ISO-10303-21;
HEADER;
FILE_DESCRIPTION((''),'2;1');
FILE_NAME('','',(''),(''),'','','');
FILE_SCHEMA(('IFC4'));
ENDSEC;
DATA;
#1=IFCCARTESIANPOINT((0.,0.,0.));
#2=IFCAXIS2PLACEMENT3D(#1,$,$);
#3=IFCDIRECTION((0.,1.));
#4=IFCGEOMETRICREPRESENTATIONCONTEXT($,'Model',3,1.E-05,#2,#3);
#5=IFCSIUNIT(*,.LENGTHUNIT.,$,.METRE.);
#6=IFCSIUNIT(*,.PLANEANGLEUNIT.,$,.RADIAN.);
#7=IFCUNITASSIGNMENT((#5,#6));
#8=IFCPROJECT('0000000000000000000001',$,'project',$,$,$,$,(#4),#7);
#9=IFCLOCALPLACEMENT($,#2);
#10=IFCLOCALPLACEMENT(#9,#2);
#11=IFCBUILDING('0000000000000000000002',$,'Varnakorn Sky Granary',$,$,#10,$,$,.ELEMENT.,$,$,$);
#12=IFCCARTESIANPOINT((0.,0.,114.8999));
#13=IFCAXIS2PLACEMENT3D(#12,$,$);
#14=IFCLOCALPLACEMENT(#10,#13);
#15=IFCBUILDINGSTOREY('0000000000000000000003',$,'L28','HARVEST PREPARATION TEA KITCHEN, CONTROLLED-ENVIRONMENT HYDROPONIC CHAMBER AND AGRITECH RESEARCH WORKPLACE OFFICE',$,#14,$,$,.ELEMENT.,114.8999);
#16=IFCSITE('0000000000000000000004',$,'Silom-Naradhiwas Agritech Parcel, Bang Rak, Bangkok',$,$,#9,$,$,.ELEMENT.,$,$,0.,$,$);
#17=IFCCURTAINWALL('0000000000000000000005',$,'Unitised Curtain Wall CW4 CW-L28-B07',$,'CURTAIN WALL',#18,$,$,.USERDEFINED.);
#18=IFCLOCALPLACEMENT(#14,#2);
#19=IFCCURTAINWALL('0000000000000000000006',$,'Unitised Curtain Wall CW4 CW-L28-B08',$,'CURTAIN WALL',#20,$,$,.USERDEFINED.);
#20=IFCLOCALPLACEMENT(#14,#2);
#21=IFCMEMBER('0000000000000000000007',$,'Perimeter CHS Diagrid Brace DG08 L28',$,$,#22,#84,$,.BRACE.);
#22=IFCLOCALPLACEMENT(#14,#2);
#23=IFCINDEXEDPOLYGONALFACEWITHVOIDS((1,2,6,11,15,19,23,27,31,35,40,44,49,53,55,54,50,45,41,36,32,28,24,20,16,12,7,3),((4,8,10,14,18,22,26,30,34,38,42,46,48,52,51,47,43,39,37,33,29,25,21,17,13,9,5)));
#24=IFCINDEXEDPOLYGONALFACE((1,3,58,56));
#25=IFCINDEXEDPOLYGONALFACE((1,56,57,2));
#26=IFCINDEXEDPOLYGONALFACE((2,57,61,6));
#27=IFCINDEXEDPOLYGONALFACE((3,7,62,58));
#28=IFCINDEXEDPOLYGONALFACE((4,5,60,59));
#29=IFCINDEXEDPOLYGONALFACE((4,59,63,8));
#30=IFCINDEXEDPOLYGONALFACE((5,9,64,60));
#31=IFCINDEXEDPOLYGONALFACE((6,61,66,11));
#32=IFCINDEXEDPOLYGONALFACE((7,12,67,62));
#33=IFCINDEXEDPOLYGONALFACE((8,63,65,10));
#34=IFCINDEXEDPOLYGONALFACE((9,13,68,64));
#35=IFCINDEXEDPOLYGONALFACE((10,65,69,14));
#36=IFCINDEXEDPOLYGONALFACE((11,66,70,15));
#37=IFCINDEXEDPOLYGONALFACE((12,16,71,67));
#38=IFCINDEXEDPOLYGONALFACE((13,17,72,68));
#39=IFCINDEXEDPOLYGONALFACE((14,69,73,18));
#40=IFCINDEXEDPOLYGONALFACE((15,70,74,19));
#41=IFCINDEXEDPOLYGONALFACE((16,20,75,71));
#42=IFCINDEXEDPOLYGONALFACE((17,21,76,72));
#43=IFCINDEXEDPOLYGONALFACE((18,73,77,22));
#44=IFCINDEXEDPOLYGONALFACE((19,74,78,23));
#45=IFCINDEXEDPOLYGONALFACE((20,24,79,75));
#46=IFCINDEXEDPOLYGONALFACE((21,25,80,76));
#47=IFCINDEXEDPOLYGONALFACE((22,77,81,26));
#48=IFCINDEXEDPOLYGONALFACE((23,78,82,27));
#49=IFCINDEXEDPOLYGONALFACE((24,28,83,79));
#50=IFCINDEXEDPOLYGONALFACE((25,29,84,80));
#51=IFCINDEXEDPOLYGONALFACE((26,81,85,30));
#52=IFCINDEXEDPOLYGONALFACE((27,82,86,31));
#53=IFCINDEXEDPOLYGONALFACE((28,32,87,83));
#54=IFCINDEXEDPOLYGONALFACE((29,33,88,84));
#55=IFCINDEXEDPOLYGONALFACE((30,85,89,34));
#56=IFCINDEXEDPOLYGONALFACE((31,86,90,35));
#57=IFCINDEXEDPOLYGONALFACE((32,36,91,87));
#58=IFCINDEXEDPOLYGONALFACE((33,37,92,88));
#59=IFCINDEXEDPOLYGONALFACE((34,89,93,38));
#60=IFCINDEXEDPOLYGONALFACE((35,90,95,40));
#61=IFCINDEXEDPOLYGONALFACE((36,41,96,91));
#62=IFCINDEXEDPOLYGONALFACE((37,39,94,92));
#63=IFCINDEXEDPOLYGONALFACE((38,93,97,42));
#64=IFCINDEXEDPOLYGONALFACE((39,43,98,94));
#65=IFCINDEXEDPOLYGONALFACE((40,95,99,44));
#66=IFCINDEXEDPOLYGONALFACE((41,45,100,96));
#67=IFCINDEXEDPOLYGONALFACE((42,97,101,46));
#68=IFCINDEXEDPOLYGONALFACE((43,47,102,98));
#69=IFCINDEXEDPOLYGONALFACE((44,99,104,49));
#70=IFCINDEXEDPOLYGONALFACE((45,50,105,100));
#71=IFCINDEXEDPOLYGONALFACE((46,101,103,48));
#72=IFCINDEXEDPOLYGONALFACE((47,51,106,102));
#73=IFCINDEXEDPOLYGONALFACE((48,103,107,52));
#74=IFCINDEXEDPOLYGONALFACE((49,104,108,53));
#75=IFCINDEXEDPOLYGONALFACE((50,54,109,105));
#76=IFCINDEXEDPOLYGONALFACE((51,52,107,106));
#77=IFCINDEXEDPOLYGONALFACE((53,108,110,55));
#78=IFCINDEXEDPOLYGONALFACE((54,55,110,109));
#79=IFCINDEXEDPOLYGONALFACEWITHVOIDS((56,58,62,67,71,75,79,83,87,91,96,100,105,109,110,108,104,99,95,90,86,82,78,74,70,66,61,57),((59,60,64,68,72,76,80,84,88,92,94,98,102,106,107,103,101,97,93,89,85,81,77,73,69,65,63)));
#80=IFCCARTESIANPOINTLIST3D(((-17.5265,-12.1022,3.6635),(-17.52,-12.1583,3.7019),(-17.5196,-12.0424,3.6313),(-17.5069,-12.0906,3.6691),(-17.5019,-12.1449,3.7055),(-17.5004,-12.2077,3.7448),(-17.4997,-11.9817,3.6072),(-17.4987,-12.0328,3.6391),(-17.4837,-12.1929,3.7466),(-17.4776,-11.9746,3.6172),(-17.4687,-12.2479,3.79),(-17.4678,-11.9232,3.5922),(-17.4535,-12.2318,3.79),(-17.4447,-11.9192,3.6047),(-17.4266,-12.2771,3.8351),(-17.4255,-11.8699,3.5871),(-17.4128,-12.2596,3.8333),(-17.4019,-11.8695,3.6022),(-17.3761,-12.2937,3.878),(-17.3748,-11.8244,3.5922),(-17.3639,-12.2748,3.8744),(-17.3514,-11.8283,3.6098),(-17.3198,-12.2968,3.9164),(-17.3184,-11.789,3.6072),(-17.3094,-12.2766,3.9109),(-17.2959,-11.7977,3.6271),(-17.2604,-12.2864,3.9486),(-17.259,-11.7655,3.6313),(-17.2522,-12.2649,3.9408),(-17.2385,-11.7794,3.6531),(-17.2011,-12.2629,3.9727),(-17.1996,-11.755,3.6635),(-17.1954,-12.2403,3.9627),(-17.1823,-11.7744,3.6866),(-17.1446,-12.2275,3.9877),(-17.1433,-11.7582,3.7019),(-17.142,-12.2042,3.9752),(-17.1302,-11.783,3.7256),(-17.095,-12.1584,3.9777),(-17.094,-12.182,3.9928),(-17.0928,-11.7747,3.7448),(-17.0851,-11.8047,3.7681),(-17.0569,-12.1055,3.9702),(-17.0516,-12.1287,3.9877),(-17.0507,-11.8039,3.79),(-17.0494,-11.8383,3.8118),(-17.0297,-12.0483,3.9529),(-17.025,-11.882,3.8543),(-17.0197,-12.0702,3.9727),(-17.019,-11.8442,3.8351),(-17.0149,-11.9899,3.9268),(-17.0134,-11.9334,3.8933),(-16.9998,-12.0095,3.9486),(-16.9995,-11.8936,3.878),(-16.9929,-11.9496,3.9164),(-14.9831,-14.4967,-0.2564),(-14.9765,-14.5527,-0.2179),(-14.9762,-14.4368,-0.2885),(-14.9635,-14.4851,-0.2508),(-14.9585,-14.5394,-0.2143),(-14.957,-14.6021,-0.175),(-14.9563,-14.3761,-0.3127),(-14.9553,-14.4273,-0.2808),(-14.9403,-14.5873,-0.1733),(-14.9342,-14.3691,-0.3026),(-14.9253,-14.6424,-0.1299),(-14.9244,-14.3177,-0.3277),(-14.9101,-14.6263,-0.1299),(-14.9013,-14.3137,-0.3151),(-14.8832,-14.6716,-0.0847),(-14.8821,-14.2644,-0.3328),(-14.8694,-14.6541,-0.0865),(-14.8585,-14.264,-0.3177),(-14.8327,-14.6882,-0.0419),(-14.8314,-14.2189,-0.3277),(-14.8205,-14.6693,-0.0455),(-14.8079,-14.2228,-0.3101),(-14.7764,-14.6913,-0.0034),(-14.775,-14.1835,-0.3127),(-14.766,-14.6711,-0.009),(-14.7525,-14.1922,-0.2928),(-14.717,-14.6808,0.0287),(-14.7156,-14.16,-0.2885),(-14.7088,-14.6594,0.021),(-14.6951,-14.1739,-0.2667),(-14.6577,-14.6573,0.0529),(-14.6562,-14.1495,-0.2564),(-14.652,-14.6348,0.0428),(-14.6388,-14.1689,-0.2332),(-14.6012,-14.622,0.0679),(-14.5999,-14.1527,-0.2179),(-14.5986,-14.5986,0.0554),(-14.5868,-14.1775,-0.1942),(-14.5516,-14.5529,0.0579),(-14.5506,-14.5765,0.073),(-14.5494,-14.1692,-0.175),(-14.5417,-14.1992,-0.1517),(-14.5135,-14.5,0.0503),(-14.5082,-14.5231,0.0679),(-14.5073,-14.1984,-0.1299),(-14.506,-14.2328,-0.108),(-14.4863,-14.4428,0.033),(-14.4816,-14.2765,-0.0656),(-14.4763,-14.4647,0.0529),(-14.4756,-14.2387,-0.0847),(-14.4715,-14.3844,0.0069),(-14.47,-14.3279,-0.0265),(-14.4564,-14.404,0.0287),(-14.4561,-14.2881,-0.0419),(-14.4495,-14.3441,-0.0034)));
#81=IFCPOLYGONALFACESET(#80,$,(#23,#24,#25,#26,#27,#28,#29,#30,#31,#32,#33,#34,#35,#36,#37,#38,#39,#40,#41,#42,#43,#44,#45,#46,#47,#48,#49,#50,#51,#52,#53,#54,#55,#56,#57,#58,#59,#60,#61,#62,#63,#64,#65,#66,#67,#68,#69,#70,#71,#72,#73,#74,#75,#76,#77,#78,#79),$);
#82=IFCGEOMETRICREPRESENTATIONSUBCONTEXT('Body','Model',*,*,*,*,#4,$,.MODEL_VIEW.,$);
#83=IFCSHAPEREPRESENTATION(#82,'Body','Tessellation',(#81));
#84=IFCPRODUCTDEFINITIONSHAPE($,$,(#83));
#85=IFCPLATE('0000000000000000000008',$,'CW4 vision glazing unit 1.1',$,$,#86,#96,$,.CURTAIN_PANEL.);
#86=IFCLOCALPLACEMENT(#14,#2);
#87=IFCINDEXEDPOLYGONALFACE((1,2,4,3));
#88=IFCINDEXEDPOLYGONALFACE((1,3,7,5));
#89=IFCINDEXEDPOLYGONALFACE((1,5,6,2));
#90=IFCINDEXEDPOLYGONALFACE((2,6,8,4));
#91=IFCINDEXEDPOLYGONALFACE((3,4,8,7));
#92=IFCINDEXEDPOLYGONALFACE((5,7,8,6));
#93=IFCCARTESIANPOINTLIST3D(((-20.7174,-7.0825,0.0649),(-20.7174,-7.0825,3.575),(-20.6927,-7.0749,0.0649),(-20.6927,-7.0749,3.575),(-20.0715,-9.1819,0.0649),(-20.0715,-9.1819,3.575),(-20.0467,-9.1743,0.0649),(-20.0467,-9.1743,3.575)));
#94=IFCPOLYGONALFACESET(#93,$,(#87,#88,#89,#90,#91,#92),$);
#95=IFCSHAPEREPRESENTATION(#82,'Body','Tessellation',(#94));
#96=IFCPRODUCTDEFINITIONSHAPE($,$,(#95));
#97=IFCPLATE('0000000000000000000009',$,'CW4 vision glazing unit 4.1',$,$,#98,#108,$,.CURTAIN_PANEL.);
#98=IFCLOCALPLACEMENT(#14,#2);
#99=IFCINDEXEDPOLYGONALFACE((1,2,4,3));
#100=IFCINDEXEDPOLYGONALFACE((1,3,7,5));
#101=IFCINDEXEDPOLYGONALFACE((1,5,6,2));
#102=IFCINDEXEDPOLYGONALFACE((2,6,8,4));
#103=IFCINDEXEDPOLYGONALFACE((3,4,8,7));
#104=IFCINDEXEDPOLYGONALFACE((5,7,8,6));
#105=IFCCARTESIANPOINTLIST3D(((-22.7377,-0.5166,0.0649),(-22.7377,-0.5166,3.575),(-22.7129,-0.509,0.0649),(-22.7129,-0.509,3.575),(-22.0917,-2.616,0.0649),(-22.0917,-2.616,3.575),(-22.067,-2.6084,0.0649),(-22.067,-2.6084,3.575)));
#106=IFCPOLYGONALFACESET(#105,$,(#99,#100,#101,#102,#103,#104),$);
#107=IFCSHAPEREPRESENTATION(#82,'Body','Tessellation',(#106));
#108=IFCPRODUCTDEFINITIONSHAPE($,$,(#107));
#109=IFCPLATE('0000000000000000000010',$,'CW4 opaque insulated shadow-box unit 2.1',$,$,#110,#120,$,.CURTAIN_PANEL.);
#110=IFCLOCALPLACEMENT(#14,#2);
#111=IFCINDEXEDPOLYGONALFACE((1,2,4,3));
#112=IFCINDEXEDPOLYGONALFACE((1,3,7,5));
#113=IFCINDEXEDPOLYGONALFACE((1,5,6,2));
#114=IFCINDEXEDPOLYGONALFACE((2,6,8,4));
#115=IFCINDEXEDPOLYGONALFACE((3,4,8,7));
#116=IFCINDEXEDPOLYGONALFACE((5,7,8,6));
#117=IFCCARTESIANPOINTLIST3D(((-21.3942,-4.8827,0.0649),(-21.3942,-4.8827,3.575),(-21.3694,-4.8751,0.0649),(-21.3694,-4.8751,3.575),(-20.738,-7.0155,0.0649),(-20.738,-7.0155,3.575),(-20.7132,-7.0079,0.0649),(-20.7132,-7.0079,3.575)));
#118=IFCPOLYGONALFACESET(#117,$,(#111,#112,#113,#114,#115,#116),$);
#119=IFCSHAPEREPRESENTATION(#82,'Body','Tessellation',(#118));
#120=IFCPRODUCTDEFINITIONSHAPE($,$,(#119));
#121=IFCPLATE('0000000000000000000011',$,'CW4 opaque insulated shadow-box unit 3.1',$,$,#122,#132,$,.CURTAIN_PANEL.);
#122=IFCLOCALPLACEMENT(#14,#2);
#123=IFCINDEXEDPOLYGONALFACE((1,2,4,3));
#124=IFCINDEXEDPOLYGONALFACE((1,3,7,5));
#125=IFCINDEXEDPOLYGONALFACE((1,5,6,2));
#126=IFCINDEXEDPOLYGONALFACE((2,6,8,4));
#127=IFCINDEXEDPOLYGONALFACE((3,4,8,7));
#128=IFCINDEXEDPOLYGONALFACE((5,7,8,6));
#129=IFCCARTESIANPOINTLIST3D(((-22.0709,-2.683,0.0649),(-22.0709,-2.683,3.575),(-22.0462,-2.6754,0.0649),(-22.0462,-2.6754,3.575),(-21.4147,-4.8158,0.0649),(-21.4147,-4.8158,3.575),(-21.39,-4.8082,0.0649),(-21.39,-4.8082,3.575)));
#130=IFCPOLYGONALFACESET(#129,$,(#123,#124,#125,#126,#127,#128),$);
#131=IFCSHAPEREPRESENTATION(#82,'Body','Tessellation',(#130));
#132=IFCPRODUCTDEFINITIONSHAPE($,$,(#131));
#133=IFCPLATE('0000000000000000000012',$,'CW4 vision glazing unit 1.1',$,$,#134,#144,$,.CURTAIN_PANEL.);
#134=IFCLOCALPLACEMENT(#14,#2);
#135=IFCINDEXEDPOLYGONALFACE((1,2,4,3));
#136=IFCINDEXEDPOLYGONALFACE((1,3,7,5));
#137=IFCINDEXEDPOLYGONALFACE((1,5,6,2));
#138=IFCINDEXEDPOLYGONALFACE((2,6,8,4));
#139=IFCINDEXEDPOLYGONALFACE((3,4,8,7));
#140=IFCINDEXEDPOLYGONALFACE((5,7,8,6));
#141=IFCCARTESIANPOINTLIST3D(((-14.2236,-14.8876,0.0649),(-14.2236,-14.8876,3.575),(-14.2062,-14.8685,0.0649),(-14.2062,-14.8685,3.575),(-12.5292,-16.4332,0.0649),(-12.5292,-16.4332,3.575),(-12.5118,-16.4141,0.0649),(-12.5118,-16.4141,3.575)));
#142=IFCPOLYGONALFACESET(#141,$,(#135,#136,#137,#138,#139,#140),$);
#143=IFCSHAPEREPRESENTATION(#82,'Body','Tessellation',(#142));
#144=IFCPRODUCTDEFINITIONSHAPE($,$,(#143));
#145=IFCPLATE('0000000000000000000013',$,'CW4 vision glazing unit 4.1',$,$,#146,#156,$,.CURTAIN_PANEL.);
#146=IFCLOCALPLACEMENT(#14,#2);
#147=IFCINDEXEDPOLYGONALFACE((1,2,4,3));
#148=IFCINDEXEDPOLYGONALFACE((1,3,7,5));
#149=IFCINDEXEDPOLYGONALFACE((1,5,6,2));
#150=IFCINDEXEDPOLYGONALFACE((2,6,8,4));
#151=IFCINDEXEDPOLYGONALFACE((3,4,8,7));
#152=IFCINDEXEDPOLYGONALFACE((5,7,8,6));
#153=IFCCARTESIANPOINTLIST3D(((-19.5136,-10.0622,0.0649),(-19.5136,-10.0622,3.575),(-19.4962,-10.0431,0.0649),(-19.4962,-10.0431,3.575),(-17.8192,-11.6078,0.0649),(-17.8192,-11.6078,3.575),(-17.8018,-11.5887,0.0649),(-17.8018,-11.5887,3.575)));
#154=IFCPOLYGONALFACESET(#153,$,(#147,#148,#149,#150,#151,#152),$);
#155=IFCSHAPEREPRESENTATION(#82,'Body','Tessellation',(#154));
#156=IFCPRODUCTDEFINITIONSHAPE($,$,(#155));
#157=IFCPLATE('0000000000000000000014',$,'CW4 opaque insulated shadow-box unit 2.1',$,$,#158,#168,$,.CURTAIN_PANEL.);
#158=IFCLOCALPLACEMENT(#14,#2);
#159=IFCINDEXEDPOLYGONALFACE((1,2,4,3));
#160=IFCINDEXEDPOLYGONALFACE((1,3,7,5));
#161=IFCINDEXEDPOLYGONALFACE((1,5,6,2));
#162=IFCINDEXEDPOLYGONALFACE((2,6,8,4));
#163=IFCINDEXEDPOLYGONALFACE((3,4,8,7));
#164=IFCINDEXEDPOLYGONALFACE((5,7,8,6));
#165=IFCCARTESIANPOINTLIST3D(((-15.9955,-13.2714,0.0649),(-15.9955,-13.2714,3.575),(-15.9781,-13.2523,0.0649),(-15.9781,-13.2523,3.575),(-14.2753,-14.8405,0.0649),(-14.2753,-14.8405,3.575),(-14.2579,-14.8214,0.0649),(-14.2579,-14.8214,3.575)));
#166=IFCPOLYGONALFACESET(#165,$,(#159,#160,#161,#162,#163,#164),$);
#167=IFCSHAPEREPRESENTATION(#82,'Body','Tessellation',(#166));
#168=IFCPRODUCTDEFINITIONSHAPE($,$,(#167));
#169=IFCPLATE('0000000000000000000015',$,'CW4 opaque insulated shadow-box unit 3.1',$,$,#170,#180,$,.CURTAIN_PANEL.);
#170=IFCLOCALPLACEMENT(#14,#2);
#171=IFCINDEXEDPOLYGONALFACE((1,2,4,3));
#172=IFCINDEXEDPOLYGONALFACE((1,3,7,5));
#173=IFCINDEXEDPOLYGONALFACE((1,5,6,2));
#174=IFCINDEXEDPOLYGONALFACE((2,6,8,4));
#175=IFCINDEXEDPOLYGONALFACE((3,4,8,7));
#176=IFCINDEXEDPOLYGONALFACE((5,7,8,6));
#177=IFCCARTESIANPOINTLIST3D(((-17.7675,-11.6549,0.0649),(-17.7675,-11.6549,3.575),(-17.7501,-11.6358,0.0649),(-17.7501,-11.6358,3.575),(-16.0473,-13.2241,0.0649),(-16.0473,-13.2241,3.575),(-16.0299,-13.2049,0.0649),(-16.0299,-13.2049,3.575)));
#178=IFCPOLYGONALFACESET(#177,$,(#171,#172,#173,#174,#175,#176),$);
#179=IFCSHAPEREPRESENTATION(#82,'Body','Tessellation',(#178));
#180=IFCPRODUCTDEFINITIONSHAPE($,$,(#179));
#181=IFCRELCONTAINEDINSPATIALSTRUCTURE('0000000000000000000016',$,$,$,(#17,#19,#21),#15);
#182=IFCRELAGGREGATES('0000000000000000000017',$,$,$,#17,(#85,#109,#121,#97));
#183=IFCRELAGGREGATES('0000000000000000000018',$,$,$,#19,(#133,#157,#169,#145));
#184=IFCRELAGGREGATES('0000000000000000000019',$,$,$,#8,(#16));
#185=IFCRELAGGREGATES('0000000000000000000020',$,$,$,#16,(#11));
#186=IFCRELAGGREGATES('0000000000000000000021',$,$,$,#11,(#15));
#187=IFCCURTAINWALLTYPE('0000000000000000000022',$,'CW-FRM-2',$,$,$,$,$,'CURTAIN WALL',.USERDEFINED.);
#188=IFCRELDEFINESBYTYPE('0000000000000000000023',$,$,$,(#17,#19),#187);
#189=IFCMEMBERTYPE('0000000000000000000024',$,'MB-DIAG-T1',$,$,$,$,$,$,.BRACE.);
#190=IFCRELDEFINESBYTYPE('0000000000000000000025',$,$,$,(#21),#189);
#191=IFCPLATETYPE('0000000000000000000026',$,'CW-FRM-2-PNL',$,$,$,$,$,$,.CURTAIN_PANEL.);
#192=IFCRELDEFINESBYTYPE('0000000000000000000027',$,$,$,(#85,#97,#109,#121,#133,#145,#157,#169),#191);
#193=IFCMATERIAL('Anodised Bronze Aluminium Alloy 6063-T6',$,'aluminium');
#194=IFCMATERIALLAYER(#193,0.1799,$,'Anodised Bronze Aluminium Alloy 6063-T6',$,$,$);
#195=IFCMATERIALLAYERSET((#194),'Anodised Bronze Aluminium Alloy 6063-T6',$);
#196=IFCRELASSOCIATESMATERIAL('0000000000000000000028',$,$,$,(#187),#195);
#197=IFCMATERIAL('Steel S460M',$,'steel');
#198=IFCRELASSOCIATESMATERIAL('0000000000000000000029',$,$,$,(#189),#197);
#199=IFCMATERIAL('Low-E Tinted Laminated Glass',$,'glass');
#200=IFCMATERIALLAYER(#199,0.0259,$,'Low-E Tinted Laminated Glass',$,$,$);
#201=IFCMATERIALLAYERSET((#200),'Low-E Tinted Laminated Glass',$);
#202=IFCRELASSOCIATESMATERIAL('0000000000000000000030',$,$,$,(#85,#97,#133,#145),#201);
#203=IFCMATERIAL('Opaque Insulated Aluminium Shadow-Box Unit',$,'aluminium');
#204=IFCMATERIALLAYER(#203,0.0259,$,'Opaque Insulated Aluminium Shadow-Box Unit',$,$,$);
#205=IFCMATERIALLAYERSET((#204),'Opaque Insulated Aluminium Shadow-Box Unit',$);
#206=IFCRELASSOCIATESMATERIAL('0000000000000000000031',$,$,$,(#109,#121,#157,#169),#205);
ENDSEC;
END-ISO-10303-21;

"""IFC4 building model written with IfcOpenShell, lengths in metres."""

from ifc_helpers import new_model, si_unit, direction, frame, origin, origin_2d, place, context, subcontext, project, spatial, rectangle, hollow_circle, extrude, source, transform, mapped, material, layer, layer_set, material_profile, profile_set, type_object, type_shapes, element, aggregate, save


model = new_model("IFC4")

# Units and contexts
model_context = context("Model", 3, precision=1e-05, world=origin(), true_north=direction((0.0, 1.0)))
body_context = subcontext(model_context, "Body", "Model", "MODEL_VIEW")
ifc_project = project(units=[si_unit("LENGTHUNIT", "METRE"), si_unit("PLANEANGLEUNIT", "RADIAN")], contexts=[model_context])

# Site, building, storey
site_placement = place(None, origin())
site = spatial("IfcSite", under=ifc_project, at=site_placement, Name="Silom-Naradhiwas Agritech Parcel, Bang Rak, Bangkok", CompositionType="ELEMENT", RefElevation=0.0)
building_placement = place(site_placement, origin())
building = spatial("IfcBuilding", under=site, at=building_placement, Name="Varnakorn Sky Granary", CompositionType="ELEMENT")
storey_placement = place(building_placement, frame((0.0, 0.0, 114.8999)))
storey = spatial("IfcBuildingStorey", under=building, at=storey_placement, Name="L28", Description="HARVEST PREPARATION TEA KITCHEN, CONTROLLED-ENVIRONMENT HYDROPONIC CHAMBER AND AGRITECH RESEARCH WORKPLACE OFFICE", CompositionType="ELEMENT", Elevation=114.8999)

# Shared definitions
ifc_material_1 = material(Name="Steel S460M", Category="steel")

# Curtain walls
ifc_material_2 = material(Name="Anodised Bronze Aluminium Alloy 6063-T6", Category="aluminium")
ifc_layer_1 = layer(ifc_material_2, 0.1799, Name="Anodised Bronze Aluminium Alloy 6063-T6")
ifc_layer_set_1 = layer_set([ifc_layer_1], Name="Anodised Bronze Aluminium Alloy 6063-T6")
curtain_wall_type = type_object("IfcCurtainWallType", Name="CW-FRM-2", ElementType="CURTAIN WALL", PredefinedType="USERDEFINED", material=ifc_layer_set_1)
curtain_wall_1_placement = place(storey_placement, origin())
curtain_wall_1 = element("IfcCurtainWall", 1, at=curtain_wall_1_placement, inside=storey, type_object=curtain_wall_type, Name="Unitised Curtain Wall CW4 CW-L28-B07", ObjectType="CURTAIN WALL", PredefinedType="USERDEFINED")
curtain_wall_2_placement = place(storey_placement, origin())
curtain_wall_2 = element("IfcCurtainWall", 2, at=curtain_wall_2_placement, inside=storey, type_object=curtain_wall_type, Name="Unitised Curtain Wall CW4 CW-L28-B08", ObjectType="CURTAIN WALL", PredefinedType="USERDEFINED")

# Member
ifc_material_profile_1 = material_profile(ifc_material_1, hollow_circle(Radius=0.3049, WallThickness=0.0222, at=origin_2d()), Name="CHS 610x22")
ifc_profile_set_1 = profile_set([ifc_material_profile_1], Name="Steel S460M")
member_type_1 = type_object("IfcMemberType", Name="MB-DIAG-T1", PredefinedType="BRACE", material=ifc_profile_set_1)
member_1_placement = place(storey_placement, frame((-14.7163, -14.4204, -0.1299), z_axis=(-0.484413, 0.45605, 0.746567), x_axis=(-0.685469, -0.728101, 0.0)))
element("IfcMember", 3, at=member_1_placement, inside=storey, type_object=member_type_1, Name="Perimeter CHS Diagrid Brace DG08 L28", PredefinedType="BRACE", context=body_context, shape_type="SweptSolid", body=[
    extrude(hollow_circle(Radius=0.3049, WallThickness=0.0222, at=origin_2d()), origin(), (0.0, 0.0, 1.0), 5.2505),
])

# Plates
ifc_material_3 = material(Name="Low-E Tinted Laminated Glass", Category="glass")
ifc_layer_2 = layer(ifc_material_3, 0.0259, Name="Low-E Tinted Laminated Glass")
ifc_layer_set_2 = layer_set([ifc_layer_2], Name="Low-E Tinted Laminated Glass")
plate_type = type_object("IfcPlateType", Name="CW-FRM-2-PNL", PredefinedType="CURTAIN_PANEL")
shared_shape_1 = source(origin(), body_context, "Body", "SweptSolid", [
    extrude(rectangle(XDim=2.1965, YDim=0.0259, at=origin_2d()), origin(), (0.0, 0.0, 1.0), 3.51),
])
plate_1_placement = place(storey_placement, frame((-20.3821, -8.1284, 0.0649), z_axis=(0.0, 0.0, 1.0), x_axis=(-0.294071, 0.955783, 0.0)))
plate_1 = element("IfcPlate", 4, at=plate_1_placement, type_object=plate_type, material=ifc_layer_set_2, Name="CW4 vision glazing unit 1.1", PredefinedType="CURTAIN_PANEL", context=body_context, shape_type="MappedRepresentation", body=[
    mapped(shared_shape_1, transform((0.0, 0.0, 0.0), x_axis=(1.0, 0.0, 0.0), y_axis=(0.0, 1.0, 0.0), z_axis=(0.0, 0.0, 1.0), scale=1.0)),
])
plate_2_placement = place(storey_placement, frame((-22.4023, -1.5625, 0.0649), z_axis=(0.0, 0.0, 1.0), x_axis=(-0.294071, 0.955783, 0.0)))
plate_2 = element("IfcPlate", 5, at=plate_2_placement, type_object=plate_type, material=ifc_layer_set_2, Name="CW4 vision glazing unit 4.1", PredefinedType="CURTAIN_PANEL", context=body_context, shape_type="MappedRepresentation", body=[
    mapped(shared_shape_1, transform((0.0, 0.0, 0.0), x_axis=(1.0, 0.0, 0.0), y_axis=(0.0, 1.0, 0.0), z_axis=(0.0, 0.0, 1.0), scale=1.0)),
])
ifc_material_4 = material(Name="Opaque Insulated Aluminium Shadow-Box Unit", Category="aluminium")
ifc_layer_3 = layer(ifc_material_4, 0.0259, Name="Opaque Insulated Aluminium Shadow-Box Unit")
ifc_layer_set_3 = layer_set([ifc_layer_3], Name="Opaque Insulated Aluminium Shadow-Box Unit")
shared_shape_2 = source(origin(), body_context, "Body", "SweptSolid", [
    extrude(rectangle(XDim=2.2314, YDim=0.0259, at=origin_2d()), origin(), (0.0, 0.0, 1.0), 3.51),
])
plate_3_placement = place(storey_placement, frame((-21.0537, -5.9453, 0.0649), z_axis=(0.0, 0.0, 1.0), x_axis=(-0.294071, 0.955783, 0.0)))
plate_3 = element("IfcPlate", 6, at=plate_3_placement, type_object=plate_type, material=ifc_layer_set_3, Name="CW4 opaque insulated shadow-box unit 2.1", PredefinedType="CURTAIN_PANEL", context=body_context, shape_type="MappedRepresentation", body=[
    mapped(shared_shape_2, transform((0.0, 0.0, 0.0), x_axis=(1.0, 0.0, 0.0), y_axis=(0.0, 1.0, 0.0), z_axis=(0.0, 0.0, 1.0), scale=1.0)),
])
plate_4_placement = place(storey_placement, frame((-21.7305, -3.7456, 0.0649), z_axis=(0.0, 0.0, 1.0), x_axis=(-0.294071, 0.955783, 0.0)))
plate_4 = element("IfcPlate", 7, at=plate_4_placement, type_object=plate_type, material=ifc_layer_set_3, Name="CW4 opaque insulated shadow-box unit 3.1", PredefinedType="CURTAIN_PANEL", context=body_context, shape_type="MappedRepresentation", body=[
    mapped(shared_shape_2, transform((0.0, 0.0, 0.0), x_axis=(1.0, 0.0, 0.0), y_axis=(0.0, 1.0, 0.0), z_axis=(0.0, 0.0, 1.0), scale=1.0)),
])
aggregate(curtain_wall_1, [plate_1, plate_3, plate_4, plate_2])
shared_shape_3 = source(origin(), body_context, "Body", "SweptSolid", [
    extrude(rectangle(XDim=2.2935, YDim=0.0259, at=origin_2d()), origin(), (0.0, 0.0, 1.0), 3.51),
])
plate_5_placement = place(storey_placement, frame((-13.3677, -15.6509, 0.0649), z_axis=(0.0, 0.0, 1.0), x_axis=(-0.7388, 0.673925, 0.0)))
plate_5 = element("IfcPlate", 8, at=plate_5_placement, type_object=plate_type, material=ifc_layer_set_2, Name="CW4 vision glazing unit 1.1", PredefinedType="CURTAIN_PANEL", context=body_context, shape_type="MappedRepresentation", body=[
    mapped(shared_shape_3, transform((0.0, 0.0, 0.0), x_axis=(1.0, 0.0, 0.0), y_axis=(0.0, 1.0, 0.0), z_axis=(0.0, 0.0, 1.0), scale=1.0)),
])
plate_6_placement = place(storey_placement, frame((-18.6577, -10.8254, 0.0649), z_axis=(0.0, 0.0, 1.0), x_axis=(-0.7388, 0.673925, 0.0)))
plate_6 = element("IfcPlate", 9, at=plate_6_placement, type_object=plate_type, material=ifc_layer_set_2, Name="CW4 vision glazing unit 4.1", PredefinedType="CURTAIN_PANEL", context=body_context, shape_type="MappedRepresentation", body=[
    mapped(shared_shape_3, transform((0.0, 0.0, 0.0), x_axis=(1.0, 0.0, 0.0), y_axis=(0.0, 1.0, 0.0), z_axis=(0.0, 0.0, 1.0), scale=1.0)),
])
shared_shape_4 = source(origin(), body_context, "Body", "SweptSolid", [
    extrude(rectangle(XDim=2.3284, YDim=0.0259, at=origin_2d()), origin(), (0.0, 0.0, 1.0), 3.51),
])
type_shapes(plate_type, [shared_shape_1, shared_shape_2, shared_shape_3, shared_shape_4])
plate_7_placement = place(storey_placement, frame((-15.1267, -14.0464, 0.0649), z_axis=(0.0, 0.0, 1.0), x_axis=(-0.7388, 0.673925, 0.0)))
plate_7 = element("IfcPlate", 10, at=plate_7_placement, type_object=plate_type, material=ifc_layer_set_3, Name="CW4 opaque insulated shadow-box unit 2.1", PredefinedType="CURTAIN_PANEL", context=body_context, shape_type="MappedRepresentation", body=[
    mapped(shared_shape_4, transform((0.0, 0.0, 0.0), x_axis=(1.0, 0.0, 0.0), y_axis=(0.0, 1.0, 0.0), z_axis=(0.0, 0.0, 1.0), scale=1.0)),
])
plate_8_placement = place(storey_placement, frame((-16.8987, -12.4299, 0.0649), z_axis=(0.0, 0.0, 1.0), x_axis=(-0.7388, 0.673925, 0.0)))
plate_8 = element("IfcPlate", 11, at=plate_8_placement, type_object=plate_type, material=ifc_layer_set_3, Name="CW4 opaque insulated shadow-box unit 3.1", PredefinedType="CURTAIN_PANEL", context=body_context, shape_type="MappedRepresentation", body=[
    mapped(shared_shape_4, transform((0.0, 0.0, 0.0), x_axis=(1.0, 0.0, 0.0), y_axis=(0.0, 1.0, 0.0), z_axis=(0.0, 0.0, 1.0), scale=1.0)),
])
aggregate(curtain_wall_2, [plate_5, plate_7, plate_8, plate_6])

save(model, "model.ifc")
